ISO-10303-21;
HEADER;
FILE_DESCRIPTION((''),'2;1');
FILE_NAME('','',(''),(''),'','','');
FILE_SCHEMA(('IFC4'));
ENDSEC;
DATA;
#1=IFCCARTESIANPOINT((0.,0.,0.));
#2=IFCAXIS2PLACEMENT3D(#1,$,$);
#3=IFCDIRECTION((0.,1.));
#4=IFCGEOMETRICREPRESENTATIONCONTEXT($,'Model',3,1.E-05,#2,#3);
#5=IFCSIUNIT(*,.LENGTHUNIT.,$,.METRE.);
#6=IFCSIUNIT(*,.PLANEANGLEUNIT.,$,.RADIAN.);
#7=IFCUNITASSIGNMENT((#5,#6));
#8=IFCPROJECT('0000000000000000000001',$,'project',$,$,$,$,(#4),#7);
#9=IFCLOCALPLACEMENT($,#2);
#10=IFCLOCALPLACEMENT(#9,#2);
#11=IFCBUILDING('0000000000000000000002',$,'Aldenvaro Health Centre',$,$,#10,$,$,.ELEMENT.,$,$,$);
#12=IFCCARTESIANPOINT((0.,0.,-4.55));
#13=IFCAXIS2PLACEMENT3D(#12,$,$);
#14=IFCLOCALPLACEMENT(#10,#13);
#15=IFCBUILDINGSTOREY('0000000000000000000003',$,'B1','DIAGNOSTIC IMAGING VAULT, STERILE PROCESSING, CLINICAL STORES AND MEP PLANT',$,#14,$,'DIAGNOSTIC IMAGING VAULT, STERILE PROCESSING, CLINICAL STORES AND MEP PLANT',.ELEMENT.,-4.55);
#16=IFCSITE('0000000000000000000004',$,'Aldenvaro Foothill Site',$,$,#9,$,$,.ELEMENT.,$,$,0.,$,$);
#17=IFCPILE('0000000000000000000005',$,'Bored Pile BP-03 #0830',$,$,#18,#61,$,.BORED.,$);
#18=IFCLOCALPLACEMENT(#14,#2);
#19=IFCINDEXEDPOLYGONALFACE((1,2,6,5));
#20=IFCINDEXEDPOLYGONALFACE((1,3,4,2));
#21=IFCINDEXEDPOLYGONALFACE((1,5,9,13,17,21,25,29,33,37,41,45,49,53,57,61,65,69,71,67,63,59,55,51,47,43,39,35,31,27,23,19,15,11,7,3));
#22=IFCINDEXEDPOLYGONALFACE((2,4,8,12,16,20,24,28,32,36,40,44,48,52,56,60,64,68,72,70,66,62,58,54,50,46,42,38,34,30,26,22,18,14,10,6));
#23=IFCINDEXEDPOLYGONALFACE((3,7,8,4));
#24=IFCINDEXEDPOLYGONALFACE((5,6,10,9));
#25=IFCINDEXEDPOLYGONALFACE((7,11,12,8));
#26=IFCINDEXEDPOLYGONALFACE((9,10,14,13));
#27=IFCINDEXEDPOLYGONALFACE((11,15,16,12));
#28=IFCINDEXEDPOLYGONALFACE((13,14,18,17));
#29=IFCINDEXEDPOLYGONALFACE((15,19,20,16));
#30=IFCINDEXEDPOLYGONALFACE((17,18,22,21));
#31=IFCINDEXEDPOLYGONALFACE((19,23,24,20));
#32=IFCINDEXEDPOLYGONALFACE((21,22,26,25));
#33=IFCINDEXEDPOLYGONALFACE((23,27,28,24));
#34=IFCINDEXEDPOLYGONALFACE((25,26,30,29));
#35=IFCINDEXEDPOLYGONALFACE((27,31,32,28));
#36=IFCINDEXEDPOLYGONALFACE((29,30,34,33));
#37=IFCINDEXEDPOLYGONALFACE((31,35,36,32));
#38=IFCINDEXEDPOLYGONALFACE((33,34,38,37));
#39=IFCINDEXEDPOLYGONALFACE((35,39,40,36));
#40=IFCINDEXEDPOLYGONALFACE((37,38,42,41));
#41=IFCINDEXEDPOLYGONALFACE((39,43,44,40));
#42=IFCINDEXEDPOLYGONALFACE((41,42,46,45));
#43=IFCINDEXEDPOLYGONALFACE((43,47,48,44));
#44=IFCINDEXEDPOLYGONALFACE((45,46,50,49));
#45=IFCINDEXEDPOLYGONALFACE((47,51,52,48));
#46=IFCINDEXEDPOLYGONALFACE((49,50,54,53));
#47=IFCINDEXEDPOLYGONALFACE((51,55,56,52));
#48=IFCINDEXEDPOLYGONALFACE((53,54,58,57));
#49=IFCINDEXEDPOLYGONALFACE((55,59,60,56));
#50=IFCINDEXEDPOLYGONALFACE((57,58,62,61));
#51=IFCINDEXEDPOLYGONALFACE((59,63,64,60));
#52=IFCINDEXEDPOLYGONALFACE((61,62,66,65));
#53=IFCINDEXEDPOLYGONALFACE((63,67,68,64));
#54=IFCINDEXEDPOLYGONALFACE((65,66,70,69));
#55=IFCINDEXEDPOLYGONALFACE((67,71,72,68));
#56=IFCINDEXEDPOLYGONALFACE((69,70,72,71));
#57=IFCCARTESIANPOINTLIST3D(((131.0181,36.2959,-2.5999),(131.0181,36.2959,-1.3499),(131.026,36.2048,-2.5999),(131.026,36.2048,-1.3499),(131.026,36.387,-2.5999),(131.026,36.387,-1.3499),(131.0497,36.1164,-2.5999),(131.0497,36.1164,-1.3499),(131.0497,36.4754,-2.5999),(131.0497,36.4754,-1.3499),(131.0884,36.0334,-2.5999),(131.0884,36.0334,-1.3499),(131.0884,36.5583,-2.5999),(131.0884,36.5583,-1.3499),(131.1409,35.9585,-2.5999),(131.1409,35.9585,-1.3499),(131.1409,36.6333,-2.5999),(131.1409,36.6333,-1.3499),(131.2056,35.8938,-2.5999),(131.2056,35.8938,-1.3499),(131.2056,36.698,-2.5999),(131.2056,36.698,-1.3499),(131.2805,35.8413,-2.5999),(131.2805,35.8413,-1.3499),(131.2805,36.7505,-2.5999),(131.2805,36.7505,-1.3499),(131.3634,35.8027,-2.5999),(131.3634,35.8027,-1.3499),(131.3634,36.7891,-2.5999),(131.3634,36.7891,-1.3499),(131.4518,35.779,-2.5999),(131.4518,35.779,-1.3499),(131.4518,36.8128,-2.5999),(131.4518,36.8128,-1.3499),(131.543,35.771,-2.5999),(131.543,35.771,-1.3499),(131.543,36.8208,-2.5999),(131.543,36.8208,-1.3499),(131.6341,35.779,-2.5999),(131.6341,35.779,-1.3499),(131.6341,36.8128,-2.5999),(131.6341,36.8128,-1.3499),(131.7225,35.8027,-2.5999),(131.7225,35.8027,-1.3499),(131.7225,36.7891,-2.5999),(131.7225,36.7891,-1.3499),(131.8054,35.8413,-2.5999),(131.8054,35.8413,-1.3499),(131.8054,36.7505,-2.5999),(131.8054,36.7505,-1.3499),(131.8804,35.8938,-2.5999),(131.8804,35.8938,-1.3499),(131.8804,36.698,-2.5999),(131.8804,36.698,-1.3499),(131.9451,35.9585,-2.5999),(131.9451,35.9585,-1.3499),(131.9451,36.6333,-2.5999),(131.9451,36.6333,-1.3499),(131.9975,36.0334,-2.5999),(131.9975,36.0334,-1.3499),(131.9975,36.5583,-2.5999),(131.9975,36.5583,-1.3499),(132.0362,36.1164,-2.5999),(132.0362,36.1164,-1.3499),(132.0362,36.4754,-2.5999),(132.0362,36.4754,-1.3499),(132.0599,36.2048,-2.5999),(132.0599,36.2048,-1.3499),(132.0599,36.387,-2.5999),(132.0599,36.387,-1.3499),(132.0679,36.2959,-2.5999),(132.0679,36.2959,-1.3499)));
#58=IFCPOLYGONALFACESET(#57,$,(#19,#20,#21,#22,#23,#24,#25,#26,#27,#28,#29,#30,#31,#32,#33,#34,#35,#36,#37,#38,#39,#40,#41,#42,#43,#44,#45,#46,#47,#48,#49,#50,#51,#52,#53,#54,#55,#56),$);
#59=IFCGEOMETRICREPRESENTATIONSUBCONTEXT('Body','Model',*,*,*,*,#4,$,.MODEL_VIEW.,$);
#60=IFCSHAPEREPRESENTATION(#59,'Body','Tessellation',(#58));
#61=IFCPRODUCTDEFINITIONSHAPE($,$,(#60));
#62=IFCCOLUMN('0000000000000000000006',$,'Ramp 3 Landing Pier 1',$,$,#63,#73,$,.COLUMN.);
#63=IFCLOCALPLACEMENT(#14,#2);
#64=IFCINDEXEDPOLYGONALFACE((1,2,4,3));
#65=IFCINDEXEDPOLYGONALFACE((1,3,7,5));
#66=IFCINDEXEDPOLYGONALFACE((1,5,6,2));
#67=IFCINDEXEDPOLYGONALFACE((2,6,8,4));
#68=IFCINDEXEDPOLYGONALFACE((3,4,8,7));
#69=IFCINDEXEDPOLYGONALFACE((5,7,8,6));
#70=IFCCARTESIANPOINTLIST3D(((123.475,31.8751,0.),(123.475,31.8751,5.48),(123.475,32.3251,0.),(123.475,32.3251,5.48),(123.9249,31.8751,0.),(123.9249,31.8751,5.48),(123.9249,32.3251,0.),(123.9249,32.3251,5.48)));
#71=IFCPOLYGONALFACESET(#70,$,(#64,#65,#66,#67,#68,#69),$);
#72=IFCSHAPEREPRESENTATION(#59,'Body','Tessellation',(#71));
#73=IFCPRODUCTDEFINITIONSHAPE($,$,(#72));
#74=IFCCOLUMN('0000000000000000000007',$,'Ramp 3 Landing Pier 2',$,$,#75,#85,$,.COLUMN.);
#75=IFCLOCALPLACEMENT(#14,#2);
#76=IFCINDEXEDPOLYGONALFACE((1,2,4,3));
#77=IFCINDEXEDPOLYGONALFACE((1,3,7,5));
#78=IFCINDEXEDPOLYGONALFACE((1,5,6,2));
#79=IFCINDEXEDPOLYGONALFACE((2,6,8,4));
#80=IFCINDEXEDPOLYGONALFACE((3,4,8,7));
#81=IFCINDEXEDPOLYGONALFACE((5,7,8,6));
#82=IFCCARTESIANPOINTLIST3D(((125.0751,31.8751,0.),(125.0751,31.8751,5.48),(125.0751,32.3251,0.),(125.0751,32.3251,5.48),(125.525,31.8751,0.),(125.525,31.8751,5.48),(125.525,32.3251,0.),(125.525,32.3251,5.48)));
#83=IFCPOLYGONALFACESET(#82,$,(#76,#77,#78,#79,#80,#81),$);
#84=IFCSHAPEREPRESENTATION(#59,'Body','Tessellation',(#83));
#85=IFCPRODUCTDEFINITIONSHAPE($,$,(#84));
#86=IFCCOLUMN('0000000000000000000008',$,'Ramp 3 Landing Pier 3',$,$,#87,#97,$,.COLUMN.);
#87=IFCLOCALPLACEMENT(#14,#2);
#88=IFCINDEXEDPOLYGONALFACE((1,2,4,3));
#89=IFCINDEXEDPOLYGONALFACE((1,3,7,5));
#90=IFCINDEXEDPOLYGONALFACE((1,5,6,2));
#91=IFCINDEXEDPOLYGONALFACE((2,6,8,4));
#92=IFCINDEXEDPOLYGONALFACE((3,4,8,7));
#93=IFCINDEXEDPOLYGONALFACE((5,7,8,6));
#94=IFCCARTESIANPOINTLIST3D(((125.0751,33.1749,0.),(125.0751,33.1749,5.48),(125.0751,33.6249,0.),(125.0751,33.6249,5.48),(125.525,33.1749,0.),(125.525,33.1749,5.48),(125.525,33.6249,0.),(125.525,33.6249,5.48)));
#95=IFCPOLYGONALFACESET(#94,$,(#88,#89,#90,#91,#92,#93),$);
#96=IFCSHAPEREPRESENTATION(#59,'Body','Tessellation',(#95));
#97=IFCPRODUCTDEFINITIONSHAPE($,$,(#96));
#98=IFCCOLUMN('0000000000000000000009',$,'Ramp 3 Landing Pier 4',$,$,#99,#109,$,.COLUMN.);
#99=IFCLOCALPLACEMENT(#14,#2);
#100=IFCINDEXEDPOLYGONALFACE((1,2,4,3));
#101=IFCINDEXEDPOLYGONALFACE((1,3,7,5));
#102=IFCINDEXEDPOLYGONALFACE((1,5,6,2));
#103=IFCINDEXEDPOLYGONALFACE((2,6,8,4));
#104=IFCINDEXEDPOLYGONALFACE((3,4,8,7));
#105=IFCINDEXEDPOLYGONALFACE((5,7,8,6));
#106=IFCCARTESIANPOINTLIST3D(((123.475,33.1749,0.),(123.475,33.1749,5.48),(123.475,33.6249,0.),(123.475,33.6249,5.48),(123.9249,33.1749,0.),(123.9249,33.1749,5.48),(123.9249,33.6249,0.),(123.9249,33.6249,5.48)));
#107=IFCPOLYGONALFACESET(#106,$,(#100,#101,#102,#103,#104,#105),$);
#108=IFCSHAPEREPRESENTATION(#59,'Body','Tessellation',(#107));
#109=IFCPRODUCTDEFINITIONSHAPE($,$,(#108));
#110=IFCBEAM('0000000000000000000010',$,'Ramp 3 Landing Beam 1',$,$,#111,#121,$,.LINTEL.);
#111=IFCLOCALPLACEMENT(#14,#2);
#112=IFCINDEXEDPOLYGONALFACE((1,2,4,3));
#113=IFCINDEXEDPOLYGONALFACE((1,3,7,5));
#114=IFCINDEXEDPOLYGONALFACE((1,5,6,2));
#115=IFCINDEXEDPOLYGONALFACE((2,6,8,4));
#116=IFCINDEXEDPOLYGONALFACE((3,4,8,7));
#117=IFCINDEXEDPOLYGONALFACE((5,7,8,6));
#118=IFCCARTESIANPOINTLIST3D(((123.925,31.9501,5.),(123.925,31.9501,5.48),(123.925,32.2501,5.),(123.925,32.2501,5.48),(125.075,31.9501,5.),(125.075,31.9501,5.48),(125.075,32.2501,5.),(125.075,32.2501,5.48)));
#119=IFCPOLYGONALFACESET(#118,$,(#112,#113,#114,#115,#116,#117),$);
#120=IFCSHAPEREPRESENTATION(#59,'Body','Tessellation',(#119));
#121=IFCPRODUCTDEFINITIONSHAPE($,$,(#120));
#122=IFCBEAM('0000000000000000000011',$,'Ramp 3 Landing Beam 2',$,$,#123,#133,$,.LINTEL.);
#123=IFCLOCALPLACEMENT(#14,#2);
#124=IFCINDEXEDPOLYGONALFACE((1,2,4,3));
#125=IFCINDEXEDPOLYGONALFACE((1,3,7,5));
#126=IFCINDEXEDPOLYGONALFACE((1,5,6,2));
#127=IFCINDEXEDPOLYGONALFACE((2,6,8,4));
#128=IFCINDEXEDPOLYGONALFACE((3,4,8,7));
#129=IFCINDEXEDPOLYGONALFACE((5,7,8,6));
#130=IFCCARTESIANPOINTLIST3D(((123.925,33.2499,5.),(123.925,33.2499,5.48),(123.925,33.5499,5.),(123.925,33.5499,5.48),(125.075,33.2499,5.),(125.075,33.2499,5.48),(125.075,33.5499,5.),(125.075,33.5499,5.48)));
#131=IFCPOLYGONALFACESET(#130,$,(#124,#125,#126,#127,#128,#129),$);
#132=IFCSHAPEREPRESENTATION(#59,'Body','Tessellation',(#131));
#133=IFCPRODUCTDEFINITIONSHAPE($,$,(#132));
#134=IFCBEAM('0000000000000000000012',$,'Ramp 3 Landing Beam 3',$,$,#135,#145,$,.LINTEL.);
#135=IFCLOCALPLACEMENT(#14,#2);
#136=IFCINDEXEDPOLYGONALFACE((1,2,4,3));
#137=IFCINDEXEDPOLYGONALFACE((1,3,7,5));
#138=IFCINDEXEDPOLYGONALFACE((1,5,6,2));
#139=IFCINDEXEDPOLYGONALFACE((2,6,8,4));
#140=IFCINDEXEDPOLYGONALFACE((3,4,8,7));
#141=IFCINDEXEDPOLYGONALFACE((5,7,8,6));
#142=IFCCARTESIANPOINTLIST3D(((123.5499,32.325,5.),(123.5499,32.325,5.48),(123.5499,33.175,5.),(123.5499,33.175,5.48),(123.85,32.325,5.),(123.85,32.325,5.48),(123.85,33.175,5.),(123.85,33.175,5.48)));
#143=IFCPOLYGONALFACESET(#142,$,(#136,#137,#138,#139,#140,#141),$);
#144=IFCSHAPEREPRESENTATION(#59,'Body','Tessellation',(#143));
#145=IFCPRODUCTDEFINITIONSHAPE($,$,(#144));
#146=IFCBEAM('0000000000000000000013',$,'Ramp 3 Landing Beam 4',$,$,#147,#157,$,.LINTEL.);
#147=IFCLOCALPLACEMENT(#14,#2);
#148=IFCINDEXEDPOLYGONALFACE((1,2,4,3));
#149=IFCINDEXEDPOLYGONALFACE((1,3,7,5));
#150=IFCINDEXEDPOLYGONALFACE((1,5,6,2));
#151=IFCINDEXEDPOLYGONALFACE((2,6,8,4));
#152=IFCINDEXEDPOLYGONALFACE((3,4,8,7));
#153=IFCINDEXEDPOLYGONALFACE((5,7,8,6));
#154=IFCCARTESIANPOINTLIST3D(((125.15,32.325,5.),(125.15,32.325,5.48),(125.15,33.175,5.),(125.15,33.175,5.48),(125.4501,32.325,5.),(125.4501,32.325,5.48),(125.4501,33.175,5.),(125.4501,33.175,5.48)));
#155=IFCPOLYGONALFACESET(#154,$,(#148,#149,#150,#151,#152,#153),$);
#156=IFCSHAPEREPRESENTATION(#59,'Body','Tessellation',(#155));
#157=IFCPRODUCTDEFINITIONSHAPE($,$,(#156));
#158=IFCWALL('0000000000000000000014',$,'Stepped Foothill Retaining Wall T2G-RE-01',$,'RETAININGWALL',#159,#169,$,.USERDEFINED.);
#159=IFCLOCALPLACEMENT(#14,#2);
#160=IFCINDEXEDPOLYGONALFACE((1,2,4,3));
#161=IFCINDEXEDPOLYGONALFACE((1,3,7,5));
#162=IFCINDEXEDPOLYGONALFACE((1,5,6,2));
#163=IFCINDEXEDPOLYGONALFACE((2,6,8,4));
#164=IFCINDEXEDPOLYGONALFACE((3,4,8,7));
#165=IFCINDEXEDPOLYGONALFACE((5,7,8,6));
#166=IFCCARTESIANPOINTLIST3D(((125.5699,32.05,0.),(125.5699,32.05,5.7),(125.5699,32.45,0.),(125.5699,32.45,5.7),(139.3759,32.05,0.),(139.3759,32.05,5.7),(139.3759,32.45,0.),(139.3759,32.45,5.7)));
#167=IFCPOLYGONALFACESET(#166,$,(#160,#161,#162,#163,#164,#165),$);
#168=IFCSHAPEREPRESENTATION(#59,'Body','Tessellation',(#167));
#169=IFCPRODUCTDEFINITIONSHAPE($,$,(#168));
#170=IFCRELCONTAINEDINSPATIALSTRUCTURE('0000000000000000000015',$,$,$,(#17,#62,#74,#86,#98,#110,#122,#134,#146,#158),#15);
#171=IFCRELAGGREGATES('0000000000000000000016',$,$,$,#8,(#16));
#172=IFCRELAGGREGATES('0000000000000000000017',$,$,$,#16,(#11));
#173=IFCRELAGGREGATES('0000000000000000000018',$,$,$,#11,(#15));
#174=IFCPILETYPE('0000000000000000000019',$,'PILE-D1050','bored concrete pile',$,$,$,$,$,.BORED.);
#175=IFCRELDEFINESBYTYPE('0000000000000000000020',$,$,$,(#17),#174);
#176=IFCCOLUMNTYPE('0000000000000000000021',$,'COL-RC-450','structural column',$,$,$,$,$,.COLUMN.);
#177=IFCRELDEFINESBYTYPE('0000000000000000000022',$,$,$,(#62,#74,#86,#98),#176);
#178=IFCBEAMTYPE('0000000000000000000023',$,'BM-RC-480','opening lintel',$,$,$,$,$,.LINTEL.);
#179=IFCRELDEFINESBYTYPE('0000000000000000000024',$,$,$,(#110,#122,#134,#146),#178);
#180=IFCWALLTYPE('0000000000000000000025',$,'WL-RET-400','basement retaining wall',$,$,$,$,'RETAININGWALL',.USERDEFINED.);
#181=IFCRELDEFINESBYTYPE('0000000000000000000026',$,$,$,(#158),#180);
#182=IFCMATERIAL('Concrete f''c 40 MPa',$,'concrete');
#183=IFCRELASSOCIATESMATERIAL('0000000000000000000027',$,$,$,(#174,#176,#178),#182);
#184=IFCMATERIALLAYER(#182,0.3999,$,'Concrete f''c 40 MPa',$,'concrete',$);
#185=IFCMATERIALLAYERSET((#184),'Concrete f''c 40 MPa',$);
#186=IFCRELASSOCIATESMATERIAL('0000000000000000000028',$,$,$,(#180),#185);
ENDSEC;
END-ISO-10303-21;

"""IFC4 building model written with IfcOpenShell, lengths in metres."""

from ifc_helpers import new_model, si_unit, direction, frame, frame_2d, origin, origin_2d, place, context, subcontext, project, spatial, rectangle, circle, extrude, material, layer, layer_set, material_profile, profile_set, type_object, element, save


model = new_model("IFC4")

# Units and contexts
model_context = context("Model", 3, precision=1e-05, world=origin(), true_north=direction((0.0, 1.0)))
body_context = subcontext(model_context, "Body", "Model", "MODEL_VIEW")
ifc_project = project(units=[si_unit("LENGTHUNIT", "METRE"), si_unit("PLANEANGLEUNIT", "RADIAN")], contexts=[model_context])

# Site, building, storey
site_placement = place(None, origin())
site = spatial("IfcSite", under=ifc_project, at=site_placement, Name="Aldenvaro Foothill Site", CompositionType="ELEMENT", RefElevation=0.0)
building_placement = place(site_placement, origin())
building = spatial("IfcBuilding", under=site, at=building_placement, Name="Aldenvaro Health Centre", CompositionType="ELEMENT")
storey_placement = place(building_placement, frame((0.0, 0.0, -4.55)))
storey = spatial("IfcBuildingStorey", under=building, at=storey_placement, Name="B1", Description="DIAGNOSTIC IMAGING VAULT, STERILE PROCESSING, CLINICAL STORES AND MEP PLANT", LongName="DIAGNOSTIC IMAGING VAULT, STERILE PROCESSING, CLINICAL STORES AND MEP PLANT", CompositionType="ELEMENT", Elevation=-4.55)

# Pile
ifc_material = material(Name="Concrete f'c 40 MPa", Category="concrete")
ifc_material_profile_1 = material_profile(ifc_material, circle(Radius=0.5249, at=origin_2d()), Name="PILE D1050", Category="concrete")
ifc_profile_set_1 = profile_set([ifc_material_profile_1], Name="Concrete f'c 40 MPa")
pile_type = type_object("IfcPileType", Name="PILE-D1050", Description="bored concrete pile", PredefinedType="BORED", material=ifc_profile_set_1)
for number, where, z_axis, x_axis, name in (
    (1, (131.543, 36.2959, -1.3499), (0.0, 0.0, -1.0), (1.0, 0.0, 0.0), "Bored Pile BP-03 #0830"),
):
    element("IfcPile", number, at=place(storey_placement, frame(where, z_axis=z_axis, x_axis=x_axis)), inside=storey, type_object=pile_type, Name=name, PredefinedType="BORED", context=body_context, shape_type="SweptSolid", body=[
        extrude(circle(Radius=0.5249, at=origin_2d()), origin(), (0.0, 0.0, 1.0), 1.25),
    ])

# Columns
ifc_material_profile_2 = material_profile(ifc_material, rectangle(XDim=0.45, YDim=0.45, at=origin_2d()), Name="RC 450x450", Category="concrete")
ifc_profile_set_2 = profile_set([ifc_material_profile_2], Name="Concrete f'c 40 MPa")
column_type = type_object("IfcColumnType", Name="COL-RC-450", Description="structural column", PredefinedType="COLUMN", material=ifc_profile_set_2)
for number, where, z_axis, x_axis, name in (
    (2, (123.7, 32.1001, 0.0), (0.0, 0.0, 1.0), (1.0, 0.0, 0.0), "Ramp 3 Landing Pier 1"),
    (3, (125.3, 32.1001, 0.0), (0.0, 0.0, 1.0), (1.0, 0.0, 0.0), "Ramp 3 Landing Pier 2"),
    (4, (125.3, 33.3999, 0.0), (0.0, 0.0, 1.0), (1.0, 0.0, 0.0), "Ramp 3 Landing Pier 3"),
    (5, (123.7, 33.3999, 0.0), (0.0, 0.0, 1.0), (1.0, 0.0, 0.0), "Ramp 3 Landing Pier 4"),
):
    element("IfcColumn", number, at=place(storey_placement, frame(where, z_axis=z_axis, x_axis=x_axis)), inside=storey, type_object=column_type, Name=name, PredefinedType="COLUMN", context=body_context, shape_type="SweptSolid", body=[
        extrude(rectangle(XDim=0.45, YDim=0.45, at=origin_2d()), origin(), (0.0, 0.0, 1.0), 5.48),
    ])

# Beams
ifc_material_profile_3 = material_profile(ifc_material, rectangle(XDim=0.3, YDim=0.48, at=origin_2d()), Name="RC 300x480", Category="concrete")
ifc_profile_set_3 = profile_set([ifc_material_profile_3], Name="Concrete f'c 40 MPa")
beam_type = type_object("IfcBeamType", Name="BM-RC-480", Description="opening lintel", PredefinedType="LINTEL", material=ifc_profile_set_3)
for number, where, z_axis, x_axis, name in (
    (6, (123.925, 32.1001, 5.24), (1.0, 0.0, 0.0), (0.0, 1.0, 0.0), "Ramp 3 Landing Beam 1"),
    (7, (125.075, 33.3999, 5.24), (-1.0, 0.0, 0.0), (0.0, -1.0, 0.0), "Ramp 3 Landing Beam 2"),
):
    element("IfcBeam", number, at=place(storey_placement, frame(where, z_axis=z_axis, x_axis=x_axis)), inside=storey, type_object=beam_type, Name=name, PredefinedType="LINTEL", context=body_context, shape_type="SweptSolid", body=[
        extrude(rectangle(XDim=0.3, YDim=0.48, at=origin_2d()), origin(), (0.0, 0.0, 1.0), 1.1499),
    ])
for number, where, z_axis, x_axis, name in (
    (8, (123.7, 32.325, 5.24), (0.0, 1.0, 0.0), (-1.0, 0.0, 0.0), "Ramp 3 Landing Beam 3"),
    (9, (125.3, 32.325, 5.24), (0.0, 1.0, 0.0), (-1.0, 0.0, 0.0), "Ramp 3 Landing Beam 4"),
):
    element("IfcBeam", number, at=place(storey_placement, frame(where, z_axis=z_axis, x_axis=x_axis)), inside=storey, type_object=beam_type, Name=name, PredefinedType="LINTEL", context=body_context, shape_type="SweptSolid", body=[
        extrude(rectangle(XDim=0.3, YDim=0.48, at=origin_2d()), origin(), (0.0, 0.0, 1.0), 0.8501),
    ])

# Wall
ifc_layer = layer(ifc_material, 0.3999, Name="Concrete f'c 40 MPa", Category="concrete")
ifc_layer_set = layer_set([ifc_layer], Name="Concrete f'c 40 MPa")
wall_type = type_object("IfcWallType", Name="WL-RET-400", Description="basement retaining wall", ElementType="RETAININGWALL", PredefinedType="USERDEFINED", material=ifc_layer_set)
wall_placement = place(storey_placement, frame((125.5701, 32.25, 0.0), z_axis=(0.0, 0.0, 1.0), x_axis=(1.0, 0.0, 0.0)))
element("IfcWall", 10, at=wall_placement, inside=storey, type_object=wall_type, Name="Stepped Foothill Retaining Wall T2G-RE-01", ObjectType="RETAININGWALL", PredefinedType="USERDEFINED", context=body_context, shape_type="SweptSolid", body=[
    extrude(rectangle(XDim=13.8059, YDim=0.3999, at=frame_2d((6.9028, 0.0))), origin(), (0.0, 0.0, 1.0), 5.7),
])

save(model, "model.ifc")
